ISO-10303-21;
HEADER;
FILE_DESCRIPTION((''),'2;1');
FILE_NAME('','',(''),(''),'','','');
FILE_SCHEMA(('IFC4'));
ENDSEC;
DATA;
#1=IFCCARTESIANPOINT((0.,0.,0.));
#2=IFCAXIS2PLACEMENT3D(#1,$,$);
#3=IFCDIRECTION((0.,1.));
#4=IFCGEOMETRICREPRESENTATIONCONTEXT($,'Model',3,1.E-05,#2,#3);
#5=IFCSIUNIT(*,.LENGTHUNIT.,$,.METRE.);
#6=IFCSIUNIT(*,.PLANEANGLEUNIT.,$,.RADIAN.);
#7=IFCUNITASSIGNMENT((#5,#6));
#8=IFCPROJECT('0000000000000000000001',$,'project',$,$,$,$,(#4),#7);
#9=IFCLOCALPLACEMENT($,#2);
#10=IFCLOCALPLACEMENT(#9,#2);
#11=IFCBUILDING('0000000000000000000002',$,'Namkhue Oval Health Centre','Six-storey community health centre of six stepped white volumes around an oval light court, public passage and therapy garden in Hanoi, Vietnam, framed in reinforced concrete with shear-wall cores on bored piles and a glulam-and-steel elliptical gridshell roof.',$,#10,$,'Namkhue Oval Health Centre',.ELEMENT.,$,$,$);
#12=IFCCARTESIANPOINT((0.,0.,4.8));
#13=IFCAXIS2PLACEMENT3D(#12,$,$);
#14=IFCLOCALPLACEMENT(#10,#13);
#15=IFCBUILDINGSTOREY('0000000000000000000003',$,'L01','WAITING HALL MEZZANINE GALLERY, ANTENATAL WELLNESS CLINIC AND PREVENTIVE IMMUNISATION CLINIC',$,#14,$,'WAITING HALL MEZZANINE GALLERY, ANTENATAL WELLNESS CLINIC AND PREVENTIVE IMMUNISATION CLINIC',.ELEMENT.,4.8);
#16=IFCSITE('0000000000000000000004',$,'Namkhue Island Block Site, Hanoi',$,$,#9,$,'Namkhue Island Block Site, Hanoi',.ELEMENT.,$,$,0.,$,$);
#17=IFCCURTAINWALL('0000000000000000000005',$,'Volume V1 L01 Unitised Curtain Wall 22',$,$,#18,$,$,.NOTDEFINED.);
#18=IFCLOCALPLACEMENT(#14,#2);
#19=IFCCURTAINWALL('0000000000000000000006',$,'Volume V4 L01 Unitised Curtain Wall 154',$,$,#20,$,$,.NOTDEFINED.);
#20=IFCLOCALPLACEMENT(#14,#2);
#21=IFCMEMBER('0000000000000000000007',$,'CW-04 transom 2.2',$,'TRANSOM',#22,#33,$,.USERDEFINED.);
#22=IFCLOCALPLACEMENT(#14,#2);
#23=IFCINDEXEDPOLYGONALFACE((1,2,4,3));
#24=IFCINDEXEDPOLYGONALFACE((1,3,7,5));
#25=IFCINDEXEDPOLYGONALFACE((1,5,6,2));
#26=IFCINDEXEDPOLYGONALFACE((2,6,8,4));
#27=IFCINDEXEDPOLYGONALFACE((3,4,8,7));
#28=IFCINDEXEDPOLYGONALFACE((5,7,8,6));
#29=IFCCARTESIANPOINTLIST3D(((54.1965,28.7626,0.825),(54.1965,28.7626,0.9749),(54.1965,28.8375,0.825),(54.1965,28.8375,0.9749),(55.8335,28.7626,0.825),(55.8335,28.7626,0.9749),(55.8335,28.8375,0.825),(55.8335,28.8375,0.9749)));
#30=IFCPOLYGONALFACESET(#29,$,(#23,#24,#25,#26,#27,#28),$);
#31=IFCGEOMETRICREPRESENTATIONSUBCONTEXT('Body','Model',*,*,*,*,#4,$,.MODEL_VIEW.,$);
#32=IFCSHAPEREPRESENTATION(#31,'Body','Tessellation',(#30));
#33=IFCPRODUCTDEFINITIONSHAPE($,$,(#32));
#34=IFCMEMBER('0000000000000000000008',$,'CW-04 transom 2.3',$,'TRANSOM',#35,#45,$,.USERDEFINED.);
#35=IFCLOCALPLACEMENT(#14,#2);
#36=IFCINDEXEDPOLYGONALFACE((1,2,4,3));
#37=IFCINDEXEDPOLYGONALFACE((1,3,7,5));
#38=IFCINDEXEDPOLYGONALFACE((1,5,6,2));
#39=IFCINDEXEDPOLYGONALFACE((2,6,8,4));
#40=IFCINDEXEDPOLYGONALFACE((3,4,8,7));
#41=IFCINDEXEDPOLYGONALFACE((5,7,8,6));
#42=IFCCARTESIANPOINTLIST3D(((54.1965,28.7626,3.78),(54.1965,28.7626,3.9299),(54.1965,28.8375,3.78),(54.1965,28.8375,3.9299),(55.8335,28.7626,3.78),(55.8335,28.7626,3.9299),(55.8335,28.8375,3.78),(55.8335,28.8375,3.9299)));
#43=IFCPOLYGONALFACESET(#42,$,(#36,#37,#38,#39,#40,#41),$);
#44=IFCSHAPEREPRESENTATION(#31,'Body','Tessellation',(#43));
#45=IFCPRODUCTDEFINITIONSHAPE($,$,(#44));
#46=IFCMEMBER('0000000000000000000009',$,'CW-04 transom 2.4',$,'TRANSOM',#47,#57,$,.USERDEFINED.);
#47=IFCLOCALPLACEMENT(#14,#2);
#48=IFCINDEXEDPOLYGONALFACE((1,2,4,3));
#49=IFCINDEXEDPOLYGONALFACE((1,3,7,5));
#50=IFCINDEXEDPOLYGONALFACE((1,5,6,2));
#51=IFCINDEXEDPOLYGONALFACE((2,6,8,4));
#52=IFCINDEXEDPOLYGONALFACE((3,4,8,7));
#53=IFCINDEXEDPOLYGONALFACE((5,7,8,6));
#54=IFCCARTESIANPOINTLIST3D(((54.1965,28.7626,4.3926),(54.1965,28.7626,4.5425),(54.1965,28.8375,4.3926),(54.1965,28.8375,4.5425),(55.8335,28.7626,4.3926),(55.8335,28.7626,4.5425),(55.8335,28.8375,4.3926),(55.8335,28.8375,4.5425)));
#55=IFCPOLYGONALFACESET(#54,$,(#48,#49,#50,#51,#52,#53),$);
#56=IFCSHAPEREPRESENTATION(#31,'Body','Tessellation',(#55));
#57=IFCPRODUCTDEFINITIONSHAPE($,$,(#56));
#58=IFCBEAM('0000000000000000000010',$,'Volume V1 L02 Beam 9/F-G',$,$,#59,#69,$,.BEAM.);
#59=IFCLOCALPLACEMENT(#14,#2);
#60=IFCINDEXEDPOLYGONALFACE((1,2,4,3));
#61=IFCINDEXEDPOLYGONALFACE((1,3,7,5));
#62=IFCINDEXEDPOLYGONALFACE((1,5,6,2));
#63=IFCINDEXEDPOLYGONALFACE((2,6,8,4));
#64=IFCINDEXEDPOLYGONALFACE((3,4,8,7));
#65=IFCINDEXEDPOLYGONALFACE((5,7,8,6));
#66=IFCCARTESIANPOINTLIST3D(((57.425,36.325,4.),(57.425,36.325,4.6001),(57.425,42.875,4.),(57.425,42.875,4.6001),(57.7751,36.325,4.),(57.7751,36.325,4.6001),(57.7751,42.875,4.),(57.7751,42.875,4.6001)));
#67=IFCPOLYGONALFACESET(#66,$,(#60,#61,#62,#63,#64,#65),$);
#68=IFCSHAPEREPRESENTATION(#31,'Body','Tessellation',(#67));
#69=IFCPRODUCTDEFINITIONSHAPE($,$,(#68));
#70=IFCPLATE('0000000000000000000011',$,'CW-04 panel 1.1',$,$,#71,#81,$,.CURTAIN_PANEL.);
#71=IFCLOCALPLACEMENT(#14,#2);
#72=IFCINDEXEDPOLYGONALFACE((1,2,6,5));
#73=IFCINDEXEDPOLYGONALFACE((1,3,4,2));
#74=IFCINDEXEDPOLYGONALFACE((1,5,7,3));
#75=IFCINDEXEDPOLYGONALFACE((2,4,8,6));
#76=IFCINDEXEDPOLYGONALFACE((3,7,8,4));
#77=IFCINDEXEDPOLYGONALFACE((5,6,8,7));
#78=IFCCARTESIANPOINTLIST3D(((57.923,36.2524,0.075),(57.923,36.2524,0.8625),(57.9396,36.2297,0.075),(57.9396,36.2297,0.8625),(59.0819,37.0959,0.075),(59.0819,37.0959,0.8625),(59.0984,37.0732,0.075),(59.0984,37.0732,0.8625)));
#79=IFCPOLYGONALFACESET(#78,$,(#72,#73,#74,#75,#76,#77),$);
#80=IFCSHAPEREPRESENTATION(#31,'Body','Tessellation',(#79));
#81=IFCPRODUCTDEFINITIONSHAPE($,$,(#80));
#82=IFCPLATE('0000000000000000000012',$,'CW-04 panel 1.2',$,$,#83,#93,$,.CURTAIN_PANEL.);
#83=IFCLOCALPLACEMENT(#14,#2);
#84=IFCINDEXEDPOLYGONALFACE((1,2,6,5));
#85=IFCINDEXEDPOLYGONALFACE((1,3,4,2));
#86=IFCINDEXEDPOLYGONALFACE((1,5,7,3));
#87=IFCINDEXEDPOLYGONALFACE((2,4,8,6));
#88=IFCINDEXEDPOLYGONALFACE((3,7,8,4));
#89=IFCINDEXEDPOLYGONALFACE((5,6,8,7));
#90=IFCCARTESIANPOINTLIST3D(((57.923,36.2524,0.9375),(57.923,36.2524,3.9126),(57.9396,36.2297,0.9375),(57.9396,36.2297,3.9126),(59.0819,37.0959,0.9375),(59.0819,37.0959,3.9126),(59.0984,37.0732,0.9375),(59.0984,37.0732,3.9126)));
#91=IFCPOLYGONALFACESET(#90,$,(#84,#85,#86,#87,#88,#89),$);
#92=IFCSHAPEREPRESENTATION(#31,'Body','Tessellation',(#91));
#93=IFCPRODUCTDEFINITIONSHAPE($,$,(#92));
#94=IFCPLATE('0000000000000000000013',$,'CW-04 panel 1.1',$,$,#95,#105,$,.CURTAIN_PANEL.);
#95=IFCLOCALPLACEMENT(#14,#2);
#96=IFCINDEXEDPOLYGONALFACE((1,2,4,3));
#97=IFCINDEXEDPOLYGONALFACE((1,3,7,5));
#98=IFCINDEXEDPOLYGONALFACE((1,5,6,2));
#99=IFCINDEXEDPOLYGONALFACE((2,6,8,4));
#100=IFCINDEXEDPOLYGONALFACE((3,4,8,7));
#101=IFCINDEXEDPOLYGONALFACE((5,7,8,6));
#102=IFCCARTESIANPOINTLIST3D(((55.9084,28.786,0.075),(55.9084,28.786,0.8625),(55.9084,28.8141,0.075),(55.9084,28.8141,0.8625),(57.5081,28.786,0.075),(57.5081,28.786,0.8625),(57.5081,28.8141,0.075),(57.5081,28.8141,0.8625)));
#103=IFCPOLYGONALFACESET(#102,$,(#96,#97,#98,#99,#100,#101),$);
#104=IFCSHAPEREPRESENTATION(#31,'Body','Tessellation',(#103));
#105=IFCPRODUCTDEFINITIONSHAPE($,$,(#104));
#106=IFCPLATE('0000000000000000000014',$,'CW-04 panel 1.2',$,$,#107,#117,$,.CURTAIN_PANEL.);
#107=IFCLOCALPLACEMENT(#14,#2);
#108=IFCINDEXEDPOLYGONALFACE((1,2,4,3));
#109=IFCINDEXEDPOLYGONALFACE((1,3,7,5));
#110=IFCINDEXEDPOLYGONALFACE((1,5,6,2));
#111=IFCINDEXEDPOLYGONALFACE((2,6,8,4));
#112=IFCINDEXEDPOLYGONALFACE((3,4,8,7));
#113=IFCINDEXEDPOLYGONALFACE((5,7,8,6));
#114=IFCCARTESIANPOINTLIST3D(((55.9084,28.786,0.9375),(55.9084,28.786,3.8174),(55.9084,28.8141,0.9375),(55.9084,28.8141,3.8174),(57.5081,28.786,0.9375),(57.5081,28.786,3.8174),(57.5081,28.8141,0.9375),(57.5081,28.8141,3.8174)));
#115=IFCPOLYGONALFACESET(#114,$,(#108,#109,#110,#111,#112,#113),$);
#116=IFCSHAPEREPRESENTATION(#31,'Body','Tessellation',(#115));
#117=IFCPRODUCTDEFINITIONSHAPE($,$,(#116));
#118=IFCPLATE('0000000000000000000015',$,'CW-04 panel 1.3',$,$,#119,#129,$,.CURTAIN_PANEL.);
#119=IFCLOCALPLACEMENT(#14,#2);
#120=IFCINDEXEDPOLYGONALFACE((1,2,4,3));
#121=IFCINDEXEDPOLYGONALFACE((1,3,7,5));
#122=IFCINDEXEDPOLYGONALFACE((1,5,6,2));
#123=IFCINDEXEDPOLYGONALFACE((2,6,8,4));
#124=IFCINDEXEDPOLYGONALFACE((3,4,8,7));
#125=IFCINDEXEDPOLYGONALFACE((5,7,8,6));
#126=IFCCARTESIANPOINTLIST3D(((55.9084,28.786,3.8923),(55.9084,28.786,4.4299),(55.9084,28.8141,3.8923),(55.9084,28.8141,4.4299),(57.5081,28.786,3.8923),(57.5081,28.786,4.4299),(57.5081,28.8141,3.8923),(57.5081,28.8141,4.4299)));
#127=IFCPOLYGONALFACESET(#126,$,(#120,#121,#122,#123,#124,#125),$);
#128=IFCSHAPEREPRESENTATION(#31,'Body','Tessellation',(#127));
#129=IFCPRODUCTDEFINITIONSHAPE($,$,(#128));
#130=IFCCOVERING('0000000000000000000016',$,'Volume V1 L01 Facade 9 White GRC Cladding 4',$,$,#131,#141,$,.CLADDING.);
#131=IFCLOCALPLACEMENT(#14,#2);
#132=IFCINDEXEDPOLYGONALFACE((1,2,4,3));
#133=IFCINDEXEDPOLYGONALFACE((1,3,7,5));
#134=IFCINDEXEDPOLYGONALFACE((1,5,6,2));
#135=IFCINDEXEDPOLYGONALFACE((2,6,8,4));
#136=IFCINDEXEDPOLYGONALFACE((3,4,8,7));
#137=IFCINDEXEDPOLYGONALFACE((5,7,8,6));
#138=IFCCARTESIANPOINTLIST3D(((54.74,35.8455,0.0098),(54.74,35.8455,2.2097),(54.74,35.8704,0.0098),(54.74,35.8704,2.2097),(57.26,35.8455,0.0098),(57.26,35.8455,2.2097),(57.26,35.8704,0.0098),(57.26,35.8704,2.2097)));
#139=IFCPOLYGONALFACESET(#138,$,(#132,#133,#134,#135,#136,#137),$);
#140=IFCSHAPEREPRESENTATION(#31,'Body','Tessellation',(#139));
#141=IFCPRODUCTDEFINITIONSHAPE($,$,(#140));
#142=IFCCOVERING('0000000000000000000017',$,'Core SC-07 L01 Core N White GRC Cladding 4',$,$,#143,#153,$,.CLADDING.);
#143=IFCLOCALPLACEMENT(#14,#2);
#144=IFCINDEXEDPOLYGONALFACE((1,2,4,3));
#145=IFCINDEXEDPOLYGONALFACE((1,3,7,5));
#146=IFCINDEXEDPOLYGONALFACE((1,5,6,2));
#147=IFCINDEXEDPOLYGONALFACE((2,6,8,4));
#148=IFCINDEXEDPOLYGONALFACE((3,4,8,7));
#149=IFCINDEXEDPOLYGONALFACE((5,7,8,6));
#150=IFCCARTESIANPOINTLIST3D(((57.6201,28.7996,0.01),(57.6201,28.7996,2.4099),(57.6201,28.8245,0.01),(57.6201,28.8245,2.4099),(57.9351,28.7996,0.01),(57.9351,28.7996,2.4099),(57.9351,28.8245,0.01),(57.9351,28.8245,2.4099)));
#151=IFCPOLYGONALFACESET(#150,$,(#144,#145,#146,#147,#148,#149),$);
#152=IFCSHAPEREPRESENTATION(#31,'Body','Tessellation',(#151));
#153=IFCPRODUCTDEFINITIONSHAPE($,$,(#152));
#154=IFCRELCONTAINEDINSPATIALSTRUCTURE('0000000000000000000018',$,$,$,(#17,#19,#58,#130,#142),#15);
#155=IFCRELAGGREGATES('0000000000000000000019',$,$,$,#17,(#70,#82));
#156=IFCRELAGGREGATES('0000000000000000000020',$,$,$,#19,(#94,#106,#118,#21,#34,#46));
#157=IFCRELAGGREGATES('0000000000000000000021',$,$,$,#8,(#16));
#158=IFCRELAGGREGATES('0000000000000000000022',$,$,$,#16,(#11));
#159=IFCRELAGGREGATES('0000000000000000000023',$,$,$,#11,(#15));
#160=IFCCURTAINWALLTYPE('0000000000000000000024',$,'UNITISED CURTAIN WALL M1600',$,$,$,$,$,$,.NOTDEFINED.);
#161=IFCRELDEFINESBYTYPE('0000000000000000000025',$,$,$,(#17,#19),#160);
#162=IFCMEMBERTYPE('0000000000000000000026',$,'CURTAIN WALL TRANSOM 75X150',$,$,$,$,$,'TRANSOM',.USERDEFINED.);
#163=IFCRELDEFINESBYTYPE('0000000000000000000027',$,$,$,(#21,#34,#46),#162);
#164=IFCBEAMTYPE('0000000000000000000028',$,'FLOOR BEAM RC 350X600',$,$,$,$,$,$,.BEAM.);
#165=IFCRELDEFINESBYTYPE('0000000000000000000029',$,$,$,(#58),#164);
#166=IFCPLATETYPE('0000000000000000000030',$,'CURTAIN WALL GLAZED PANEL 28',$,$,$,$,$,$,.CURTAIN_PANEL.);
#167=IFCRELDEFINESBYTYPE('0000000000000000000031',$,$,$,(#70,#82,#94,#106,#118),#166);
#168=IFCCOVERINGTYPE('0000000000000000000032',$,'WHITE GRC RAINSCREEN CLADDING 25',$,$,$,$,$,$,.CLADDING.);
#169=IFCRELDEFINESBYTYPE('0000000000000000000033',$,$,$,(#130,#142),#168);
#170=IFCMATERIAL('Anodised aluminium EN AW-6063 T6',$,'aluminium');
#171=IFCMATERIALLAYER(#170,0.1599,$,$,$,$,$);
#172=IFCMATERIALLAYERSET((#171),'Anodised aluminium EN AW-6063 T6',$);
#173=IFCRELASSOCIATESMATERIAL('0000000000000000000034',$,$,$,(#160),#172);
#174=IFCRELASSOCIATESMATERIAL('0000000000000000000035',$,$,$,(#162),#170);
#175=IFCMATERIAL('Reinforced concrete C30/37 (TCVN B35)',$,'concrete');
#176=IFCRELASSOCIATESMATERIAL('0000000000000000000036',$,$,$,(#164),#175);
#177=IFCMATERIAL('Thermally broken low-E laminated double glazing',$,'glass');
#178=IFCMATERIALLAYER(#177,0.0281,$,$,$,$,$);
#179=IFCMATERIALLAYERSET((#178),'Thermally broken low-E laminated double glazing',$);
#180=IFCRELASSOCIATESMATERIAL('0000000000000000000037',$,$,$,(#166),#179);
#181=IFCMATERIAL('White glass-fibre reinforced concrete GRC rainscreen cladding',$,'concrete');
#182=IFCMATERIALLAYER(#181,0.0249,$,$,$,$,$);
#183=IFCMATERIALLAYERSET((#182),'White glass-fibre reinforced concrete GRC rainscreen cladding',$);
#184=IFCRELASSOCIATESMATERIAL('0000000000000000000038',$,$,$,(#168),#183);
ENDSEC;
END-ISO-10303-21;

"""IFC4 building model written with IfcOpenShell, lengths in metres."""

from ifc_helpers import new_model, si_unit, direction, frame, origin, origin_2d, place, context, subcontext, project, spatial, rectangle, extrude, material, layer, layer_set, material_profile, profile_set, type_object, element, aggregate, save


model = new_model("IFC4")

# Units and contexts
model_context = context("Model", 3, precision=1e-05, world=origin(), true_north=direction((0.0, 1.0)))
body_context = subcontext(model_context, "Body", "Model", "MODEL_VIEW")
ifc_project = project(units=[si_unit("LENGTHUNIT", "METRE"), si_unit("PLANEANGLEUNIT", "RADIAN")], contexts=[model_context])

# Site, building, storey
site_placement = place(None, origin())
site = spatial("IfcSite", under=ifc_project, at=site_placement, Name="Namkhue Island Block Site, Hanoi", LongName="Namkhue Island Block Site, Hanoi", CompositionType="ELEMENT", RefElevation=0.0)
building_placement = place(site_placement, origin())
building = spatial("IfcBuilding", under=site, at=building_placement, Name="Namkhue Oval Health Centre", Description="Six-storey community health centre of six stepped white volumes around an oval light court, public passage and therapy garden in Hanoi, Vietnam, framed in reinforced concrete with shear-wall cores on bored piles and a glulam-and-steel elliptical gridshell roof.", LongName="Namkhue Oval Health Centre", CompositionType="ELEMENT")
storey_placement = place(building_placement, frame((0.0, 0.0, 4.8)))
storey = spatial("IfcBuildingStorey", under=building, at=storey_placement, Name="L01", Description="WAITING HALL MEZZANINE GALLERY, ANTENATAL WELLNESS CLINIC AND PREVENTIVE IMMUNISATION CLINIC", LongName="WAITING HALL MEZZANINE GALLERY, ANTENATAL WELLNESS CLINIC AND PREVENTIVE IMMUNISATION CLINIC", CompositionType="ELEMENT", Elevation=4.8)

# Curtain wall
ifc_material_1 = material(Name="Anodised aluminium EN AW-6063 T6", Category="aluminium")
ifc_layer_1 = layer(ifc_material_1, 0.1599)
ifc_layer_set_1 = layer_set([ifc_layer_1], Name="Anodised aluminium EN AW-6063 T6")
curtain_wall_type = type_object("IfcCurtainWallType", Name="UNITISED CURTAIN WALL M1600", PredefinedType="NOTDEFINED", material=ifc_layer_set_1)
curtain_wall_1_placement = place(storey_placement, origin())
curtain_wall_1 = element("IfcCurtainWall", 1, at=curtain_wall_1_placement, inside=storey, type_object=curtain_wall_type, Name="Volume V1 L01 Unitised Curtain Wall 22", PredefinedType="NOTDEFINED")

# Curtain wall
curtain_wall_2_placement = place(storey_placement, origin())
curtain_wall_2 = element("IfcCurtainWall", 2, at=curtain_wall_2_placement, inside=storey, type_object=curtain_wall_type, Name="Volume V4 L01 Unitised Curtain Wall 154", PredefinedType="NOTDEFINED")

# Members
ifc_material_profile_1 = material_profile(ifc_material_1, rectangle(XDim=0.075, YDim=0.1499, at=origin_2d()), Name="ALU 75x150")
ifc_profile_set_1 = profile_set([ifc_material_profile_1], Name="Anodised aluminium EN AW-6063 T6")
member_type_1 = type_object("IfcMemberType", Name="CURTAIN WALL TRANSOM 75X150", ElementType="TRANSOM", PredefinedType="USERDEFINED", material=ifc_profile_set_1)
member_1_placement = place(storey_placement, frame((55.8335, 28.8, 0.8999), z_axis=(-1.0, 0.0, 0.0), x_axis=(0.0, -1.0, 0.0)))
member_1 = element("IfcMember", 3, at=member_1_placement, type_object=member_type_1, Name="CW-04 transom 2.2", ObjectType="TRANSOM", PredefinedType="USERDEFINED", context=body_context, shape_type="SweptSolid", body=[
    extrude(rectangle(XDim=0.075, YDim=0.1499, at=origin_2d()), origin(), (0.0, 0.0, 1.0), 1.637),
])
member_2_placement = place(storey_placement, frame((55.8335, 28.8, 3.855), z_axis=(-1.0, 0.0, 0.0), x_axis=(0.0, -1.0, 0.0)))
member_2 = element("IfcMember", 4, at=member_2_placement, type_object=member_type_1, Name="CW-04 transom 2.3", ObjectType="TRANSOM", PredefinedType="USERDEFINED", context=body_context, shape_type="SweptSolid", body=[
    extrude(rectangle(XDim=0.075, YDim=0.1499, at=origin_2d()), origin(), (0.0, 0.0, 1.0), 1.637),
])
member_3_placement = place(storey_placement, frame((55.8335, 28.8, 4.4675), z_axis=(-1.0, 0.0, 0.0), x_axis=(0.0, -1.0, 0.0)))
member_3 = element("IfcMember", 5, at=member_3_placement, type_object=member_type_1, Name="CW-04 transom 2.4", ObjectType="TRANSOM", PredefinedType="USERDEFINED", context=body_context, shape_type="SweptSolid", body=[
    extrude(rectangle(XDim=0.075, YDim=0.1499, at=origin_2d()), origin(), (0.0, 0.0, 1.0), 1.637),
])

# Beam
ifc_material_2 = material(Name="Reinforced concrete C30/37 (TCVN B35)", Category="concrete")
ifc_material_profile_2 = material_profile(ifc_material_2, rectangle(XDim=0.3501, YDim=0.6001, at=origin_2d()), Name="RC 350x600")
ifc_profile_set_2 = profile_set([ifc_material_profile_2], Name="Reinforced concrete C30/37 (TCVN B35)")
beam_type = type_object("IfcBeamType", Name="FLOOR BEAM RC 350X600", PredefinedType="BEAM", material=ifc_profile_set_2)
beam_placement = place(storey_placement, frame((57.6001, 36.325, 4.3), z_axis=(0.0, 1.0, 0.0), x_axis=(-1.0, 0.0, 0.0)))
element("IfcBeam", 6, at=beam_placement, inside=storey, type_object=beam_type, Name="Volume V1 L02 Beam 9/F-G", PredefinedType="BEAM", context=body_context, shape_type="SweptSolid", body=[
    extrude(rectangle(XDim=0.3501, YDim=0.6001, at=origin_2d()), origin(), (0.0, 0.0, 1.0), 6.55),
])

# Plates
ifc_material_3 = material(Name="Thermally broken low-E laminated double glazing", Category="glass")
ifc_layer_2 = layer(ifc_material_3, 0.0281)
ifc_layer_set_2 = layer_set([ifc_layer_2], Name="Thermally broken low-E laminated double glazing")
plate_type = type_object("IfcPlateType", Name="CURTAIN WALL GLAZED PANEL 28", PredefinedType="CURTAIN_PANEL", material=ifc_layer_set_2)
plate_1_placement = place(storey_placement, frame((58.5107, 36.6628, 0.075), z_axis=(0.0, 0.0, 1.0), x_axis=(0.808514, 0.588477, 0.0)))
plate_1 = element("IfcPlate", 7, at=plate_1_placement, type_object=plate_type, Name="CW-04 panel 1.1", PredefinedType="CURTAIN_PANEL", context=body_context, shape_type="SweptSolid", body=[
    extrude(rectangle(XDim=1.4333, YDim=0.0281, at=origin_2d()), origin(), (0.0, 0.0, 1.0), 0.7876),
])
plate_2_placement = place(storey_placement, frame((58.5107, 36.6628, 0.9375), z_axis=(0.0, 0.0, 1.0), x_axis=(0.808514, 0.588477, 0.0)))
plate_2 = element("IfcPlate", 8, at=plate_2_placement, type_object=plate_type, Name="CW-04 panel 1.2", PredefinedType="CURTAIN_PANEL", context=body_context, shape_type="SweptSolid", body=[
    extrude(rectangle(XDim=1.4333, YDim=0.0281, at=origin_2d()), origin(), (0.0, 0.0, 1.0), 2.9751),
])
aggregate(curtain_wall_1, [plate_1, plate_2])
plate_3_placement = place(storey_placement, frame((56.7083, 28.8, 0.075), z_axis=(0.0, 0.0, 1.0), x_axis=(-1.0, 0.0, 0.0)))
plate_3 = element("IfcPlate", 9, at=plate_3_placement, type_object=plate_type, Name="CW-04 panel 1.1", PredefinedType="CURTAIN_PANEL", context=body_context, shape_type="SweptSolid", body=[
    extrude(rectangle(XDim=1.5996, YDim=0.0281, at=origin_2d()), origin(), (0.0, 0.0, 1.0), 0.7876),
])
plate_4_placement = place(storey_placement, frame((56.7083, 28.8, 0.9375), z_axis=(0.0, 0.0, 1.0), x_axis=(-1.0, 0.0, 0.0)))
plate_4 = element("IfcPlate", 10, at=plate_4_placement, type_object=plate_type, Name="CW-04 panel 1.2", PredefinedType="CURTAIN_PANEL", context=body_context, shape_type="SweptSolid", body=[
    extrude(rectangle(XDim=1.5996, YDim=0.0281, at=origin_2d()), origin(), (0.0, 0.0, 1.0), 2.8799),
])
plate_5_placement = place(storey_placement, frame((56.7083, 28.8, 3.8923), z_axis=(0.0, 0.0, 1.0), x_axis=(-1.0, 0.0, 0.0)))
plate_5 = element("IfcPlate", 11, at=plate_5_placement, type_object=plate_type, Name="CW-04 panel 1.3", PredefinedType="CURTAIN_PANEL", context=body_context, shape_type="SweptSolid", body=[
    extrude(rectangle(XDim=1.5996, YDim=0.0281, at=origin_2d()), origin(), (0.0, 0.0, 1.0), 0.5376),
])
aggregate(curtain_wall_2, [plate_3, plate_4, plate_5, member_1, member_2, member_3])

# Coverings
ifc_material_4 = material(Name="White glass-fibre reinforced concrete GRC rainscreen cladding", Category="concrete")
ifc_layer_3 = layer(ifc_material_4, 0.0249)
ifc_layer_set_3 = layer_set([ifc_layer_3], Name="White glass-fibre reinforced concrete GRC rainscreen cladding")
covering_type = type_object("IfcCoveringType", Name="WHITE GRC RAINSCREEN CLADDING 25", PredefinedType="CLADDING", material=ifc_layer_set_3)
covering_1_placement = place(storey_placement, frame((56.0, 35.8579, 0.0098), z_axis=(0.0, 0.0, 1.0), x_axis=(1.0, 0.0, 0.0)))
element("IfcCovering", 12, at=covering_1_placement, inside=storey, type_object=covering_type, Name="Volume V1 L01 Facade 9 White GRC Cladding 4", PredefinedType="CLADDING", context=body_context, shape_type="SweptSolid", body=[
    extrude(rectangle(XDim=2.52, YDim=0.0249, at=origin_2d()), origin(), (0.0, 0.0, 1.0), 2.2),
])
covering_2_placement = place(storey_placement, frame((57.7776, 28.812, 0.01), z_axis=(0.0, 0.0, 1.0), x_axis=(-1.0, 0.0, 0.0)))
element("IfcCovering", 13, at=covering_2_placement, inside=storey, type_object=covering_type, Name="Core SC-07 L01 Core N White GRC Cladding 4", PredefinedType="CLADDING", context=body_context, shape_type="SweptSolid", body=[
    extrude(rectangle(XDim=0.3149, YDim=0.0249, at=origin_2d()), origin(), (0.0, 0.0, 1.0), 2.3999),
])

save(model, "model.ifc")
